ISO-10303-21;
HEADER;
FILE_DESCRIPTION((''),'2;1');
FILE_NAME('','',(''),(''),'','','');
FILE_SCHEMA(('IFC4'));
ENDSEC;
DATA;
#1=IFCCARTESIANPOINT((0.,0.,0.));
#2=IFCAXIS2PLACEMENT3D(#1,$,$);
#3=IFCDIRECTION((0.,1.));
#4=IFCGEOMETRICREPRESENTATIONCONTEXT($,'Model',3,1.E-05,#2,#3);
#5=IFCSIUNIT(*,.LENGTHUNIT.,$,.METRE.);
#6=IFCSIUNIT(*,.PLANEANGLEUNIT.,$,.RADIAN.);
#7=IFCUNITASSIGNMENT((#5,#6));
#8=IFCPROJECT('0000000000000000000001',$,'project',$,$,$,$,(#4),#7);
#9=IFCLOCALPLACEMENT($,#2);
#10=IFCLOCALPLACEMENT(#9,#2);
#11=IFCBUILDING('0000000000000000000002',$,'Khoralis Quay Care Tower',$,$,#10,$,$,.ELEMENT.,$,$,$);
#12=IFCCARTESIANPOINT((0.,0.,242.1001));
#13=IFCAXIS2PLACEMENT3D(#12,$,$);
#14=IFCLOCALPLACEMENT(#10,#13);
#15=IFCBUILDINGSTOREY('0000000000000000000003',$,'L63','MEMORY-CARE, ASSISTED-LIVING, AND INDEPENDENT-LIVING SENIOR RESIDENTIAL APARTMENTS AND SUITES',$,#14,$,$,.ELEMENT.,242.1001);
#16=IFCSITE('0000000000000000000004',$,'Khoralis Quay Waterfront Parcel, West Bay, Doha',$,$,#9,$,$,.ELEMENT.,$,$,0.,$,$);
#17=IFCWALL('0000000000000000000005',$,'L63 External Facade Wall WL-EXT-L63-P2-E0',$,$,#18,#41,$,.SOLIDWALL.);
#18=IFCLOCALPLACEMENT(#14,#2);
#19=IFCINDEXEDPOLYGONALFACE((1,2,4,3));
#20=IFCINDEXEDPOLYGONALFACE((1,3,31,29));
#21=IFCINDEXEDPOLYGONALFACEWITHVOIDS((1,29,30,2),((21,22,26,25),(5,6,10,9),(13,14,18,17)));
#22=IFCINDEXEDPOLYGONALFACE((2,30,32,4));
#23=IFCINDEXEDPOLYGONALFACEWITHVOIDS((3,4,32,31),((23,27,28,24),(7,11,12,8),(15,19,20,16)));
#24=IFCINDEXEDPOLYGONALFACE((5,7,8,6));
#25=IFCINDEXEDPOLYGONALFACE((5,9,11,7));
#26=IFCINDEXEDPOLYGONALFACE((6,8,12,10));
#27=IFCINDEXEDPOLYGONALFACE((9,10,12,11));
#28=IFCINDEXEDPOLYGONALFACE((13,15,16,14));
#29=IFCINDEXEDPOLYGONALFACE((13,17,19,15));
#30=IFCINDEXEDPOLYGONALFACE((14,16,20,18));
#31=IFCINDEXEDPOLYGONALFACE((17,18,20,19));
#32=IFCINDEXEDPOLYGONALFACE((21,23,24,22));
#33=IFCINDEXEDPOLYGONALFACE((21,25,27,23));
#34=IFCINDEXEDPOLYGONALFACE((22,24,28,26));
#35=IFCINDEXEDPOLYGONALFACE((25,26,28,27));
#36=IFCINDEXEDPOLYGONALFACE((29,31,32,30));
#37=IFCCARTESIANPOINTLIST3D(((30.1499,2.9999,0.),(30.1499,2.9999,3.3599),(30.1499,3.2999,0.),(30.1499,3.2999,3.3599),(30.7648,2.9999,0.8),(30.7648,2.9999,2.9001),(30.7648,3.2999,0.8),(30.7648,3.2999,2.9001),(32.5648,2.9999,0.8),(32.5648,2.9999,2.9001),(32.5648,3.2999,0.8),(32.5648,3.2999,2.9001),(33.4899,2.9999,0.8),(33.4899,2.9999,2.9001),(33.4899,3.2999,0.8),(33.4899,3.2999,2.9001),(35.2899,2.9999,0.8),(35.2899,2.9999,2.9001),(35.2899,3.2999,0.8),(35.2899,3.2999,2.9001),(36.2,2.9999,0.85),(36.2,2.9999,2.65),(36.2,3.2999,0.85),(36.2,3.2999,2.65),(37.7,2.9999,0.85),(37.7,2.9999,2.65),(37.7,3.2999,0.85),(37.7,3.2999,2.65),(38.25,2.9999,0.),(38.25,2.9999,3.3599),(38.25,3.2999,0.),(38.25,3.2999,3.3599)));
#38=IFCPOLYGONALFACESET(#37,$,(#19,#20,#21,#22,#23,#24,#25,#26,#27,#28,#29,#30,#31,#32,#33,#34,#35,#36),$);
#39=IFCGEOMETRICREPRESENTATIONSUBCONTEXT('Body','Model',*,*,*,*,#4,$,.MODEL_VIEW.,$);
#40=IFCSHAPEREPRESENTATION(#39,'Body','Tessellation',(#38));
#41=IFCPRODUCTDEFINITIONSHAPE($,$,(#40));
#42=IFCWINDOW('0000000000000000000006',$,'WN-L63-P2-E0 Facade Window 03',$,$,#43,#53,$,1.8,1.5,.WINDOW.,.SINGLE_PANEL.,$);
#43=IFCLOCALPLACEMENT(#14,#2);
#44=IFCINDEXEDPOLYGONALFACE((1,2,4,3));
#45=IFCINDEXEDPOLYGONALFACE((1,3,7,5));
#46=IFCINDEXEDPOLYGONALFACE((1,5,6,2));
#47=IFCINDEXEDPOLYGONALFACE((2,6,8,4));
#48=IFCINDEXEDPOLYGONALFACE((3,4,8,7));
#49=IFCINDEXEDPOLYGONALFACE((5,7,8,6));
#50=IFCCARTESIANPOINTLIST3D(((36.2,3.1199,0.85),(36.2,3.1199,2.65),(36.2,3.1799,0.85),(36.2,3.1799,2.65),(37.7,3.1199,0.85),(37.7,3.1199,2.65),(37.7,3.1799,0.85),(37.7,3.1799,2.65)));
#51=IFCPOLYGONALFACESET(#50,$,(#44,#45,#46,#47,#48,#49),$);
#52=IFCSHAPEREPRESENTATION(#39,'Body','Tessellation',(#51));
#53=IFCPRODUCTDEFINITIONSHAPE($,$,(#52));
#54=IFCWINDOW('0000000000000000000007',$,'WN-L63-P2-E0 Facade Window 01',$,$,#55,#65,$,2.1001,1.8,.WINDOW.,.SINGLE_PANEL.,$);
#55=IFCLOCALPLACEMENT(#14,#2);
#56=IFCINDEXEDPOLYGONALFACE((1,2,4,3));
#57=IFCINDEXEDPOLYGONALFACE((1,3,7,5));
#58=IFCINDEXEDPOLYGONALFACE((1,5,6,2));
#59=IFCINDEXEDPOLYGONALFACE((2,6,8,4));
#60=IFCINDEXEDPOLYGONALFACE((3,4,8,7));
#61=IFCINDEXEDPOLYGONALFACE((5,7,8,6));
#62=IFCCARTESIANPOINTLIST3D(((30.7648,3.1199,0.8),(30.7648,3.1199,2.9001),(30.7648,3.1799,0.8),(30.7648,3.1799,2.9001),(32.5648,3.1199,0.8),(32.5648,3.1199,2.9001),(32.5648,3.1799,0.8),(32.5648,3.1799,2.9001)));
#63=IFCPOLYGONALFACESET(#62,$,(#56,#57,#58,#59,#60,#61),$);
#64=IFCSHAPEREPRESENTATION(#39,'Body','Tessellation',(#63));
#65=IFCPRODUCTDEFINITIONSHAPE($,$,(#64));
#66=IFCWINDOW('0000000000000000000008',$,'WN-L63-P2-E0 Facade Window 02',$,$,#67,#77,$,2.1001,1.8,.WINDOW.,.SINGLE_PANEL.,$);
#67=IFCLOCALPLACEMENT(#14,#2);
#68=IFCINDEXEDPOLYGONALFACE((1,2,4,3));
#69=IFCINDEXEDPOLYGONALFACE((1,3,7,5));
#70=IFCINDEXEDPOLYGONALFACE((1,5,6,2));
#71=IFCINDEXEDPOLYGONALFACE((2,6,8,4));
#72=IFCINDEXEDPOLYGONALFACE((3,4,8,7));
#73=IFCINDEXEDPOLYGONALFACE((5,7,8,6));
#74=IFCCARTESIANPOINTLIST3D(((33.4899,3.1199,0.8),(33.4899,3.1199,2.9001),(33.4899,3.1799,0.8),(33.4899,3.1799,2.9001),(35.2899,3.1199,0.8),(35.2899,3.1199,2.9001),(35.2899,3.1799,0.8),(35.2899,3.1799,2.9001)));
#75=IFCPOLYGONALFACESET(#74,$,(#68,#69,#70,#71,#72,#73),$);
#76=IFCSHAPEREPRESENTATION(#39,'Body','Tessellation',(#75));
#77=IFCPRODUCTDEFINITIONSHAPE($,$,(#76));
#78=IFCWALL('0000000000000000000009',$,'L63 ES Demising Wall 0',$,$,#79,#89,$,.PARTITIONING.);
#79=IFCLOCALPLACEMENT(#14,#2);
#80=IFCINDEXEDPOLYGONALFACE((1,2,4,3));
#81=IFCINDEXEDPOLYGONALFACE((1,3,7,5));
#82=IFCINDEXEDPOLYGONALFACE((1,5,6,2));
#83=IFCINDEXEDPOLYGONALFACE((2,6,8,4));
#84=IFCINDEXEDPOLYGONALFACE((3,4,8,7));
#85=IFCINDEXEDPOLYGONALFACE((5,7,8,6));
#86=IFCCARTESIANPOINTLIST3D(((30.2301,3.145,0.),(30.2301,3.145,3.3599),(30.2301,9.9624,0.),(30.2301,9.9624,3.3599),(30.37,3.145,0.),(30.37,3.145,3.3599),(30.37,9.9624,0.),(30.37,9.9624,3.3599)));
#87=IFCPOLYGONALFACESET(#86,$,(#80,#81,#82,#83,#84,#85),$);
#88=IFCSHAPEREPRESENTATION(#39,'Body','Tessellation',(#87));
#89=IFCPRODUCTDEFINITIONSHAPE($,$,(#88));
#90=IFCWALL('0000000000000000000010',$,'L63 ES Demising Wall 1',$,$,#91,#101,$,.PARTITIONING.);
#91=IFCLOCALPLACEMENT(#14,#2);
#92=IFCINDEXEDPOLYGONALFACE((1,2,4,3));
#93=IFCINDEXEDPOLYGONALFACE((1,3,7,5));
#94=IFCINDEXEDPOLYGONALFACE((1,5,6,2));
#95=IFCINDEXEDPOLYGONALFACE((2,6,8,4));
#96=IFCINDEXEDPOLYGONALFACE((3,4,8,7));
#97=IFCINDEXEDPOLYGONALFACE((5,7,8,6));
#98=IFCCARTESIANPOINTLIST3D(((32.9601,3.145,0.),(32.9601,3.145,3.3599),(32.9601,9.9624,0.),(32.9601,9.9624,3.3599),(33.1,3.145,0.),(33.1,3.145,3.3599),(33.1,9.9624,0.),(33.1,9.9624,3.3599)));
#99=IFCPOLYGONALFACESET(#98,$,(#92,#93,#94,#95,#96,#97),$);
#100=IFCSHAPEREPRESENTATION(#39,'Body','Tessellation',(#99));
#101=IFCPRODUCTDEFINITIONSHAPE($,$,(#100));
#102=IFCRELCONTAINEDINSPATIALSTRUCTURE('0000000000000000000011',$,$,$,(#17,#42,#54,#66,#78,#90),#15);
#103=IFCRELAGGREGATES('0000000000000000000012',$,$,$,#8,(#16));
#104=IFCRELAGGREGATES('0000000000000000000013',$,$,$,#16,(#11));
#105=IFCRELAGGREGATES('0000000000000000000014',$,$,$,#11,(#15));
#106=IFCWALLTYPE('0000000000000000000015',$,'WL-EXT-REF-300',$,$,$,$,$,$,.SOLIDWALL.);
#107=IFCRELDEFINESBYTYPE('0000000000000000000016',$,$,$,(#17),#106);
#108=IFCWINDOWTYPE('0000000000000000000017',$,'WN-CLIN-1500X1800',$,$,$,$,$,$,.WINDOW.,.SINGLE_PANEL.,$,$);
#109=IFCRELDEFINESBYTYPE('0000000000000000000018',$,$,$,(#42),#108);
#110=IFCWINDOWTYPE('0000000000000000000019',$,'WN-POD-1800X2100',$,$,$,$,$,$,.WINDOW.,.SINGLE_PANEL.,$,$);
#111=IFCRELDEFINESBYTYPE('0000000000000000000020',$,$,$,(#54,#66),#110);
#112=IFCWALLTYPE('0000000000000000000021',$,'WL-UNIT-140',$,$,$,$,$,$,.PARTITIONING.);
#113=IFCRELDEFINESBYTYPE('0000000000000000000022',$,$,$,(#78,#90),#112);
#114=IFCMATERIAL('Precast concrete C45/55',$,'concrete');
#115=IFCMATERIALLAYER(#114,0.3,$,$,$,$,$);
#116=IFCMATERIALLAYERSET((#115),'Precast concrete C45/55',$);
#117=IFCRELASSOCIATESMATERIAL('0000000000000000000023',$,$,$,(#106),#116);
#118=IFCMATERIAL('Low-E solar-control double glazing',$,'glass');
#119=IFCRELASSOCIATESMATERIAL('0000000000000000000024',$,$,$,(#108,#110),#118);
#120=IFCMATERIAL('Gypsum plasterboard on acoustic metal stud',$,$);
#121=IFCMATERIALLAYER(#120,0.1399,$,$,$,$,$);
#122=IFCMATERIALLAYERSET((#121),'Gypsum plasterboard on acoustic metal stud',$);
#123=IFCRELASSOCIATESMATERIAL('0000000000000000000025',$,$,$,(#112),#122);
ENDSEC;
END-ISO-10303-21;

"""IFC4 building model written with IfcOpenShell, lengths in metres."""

from ifc_helpers import new_model, si_unit, direction, frame, frame_2d, origin, place, context, subcontext, project, spatial, rectangle, extrude, source, transform, mapped, material, layer, layer_set, type_object, element, fill, save


model = new_model("IFC4")

# Units and contexts
model_context = context("Model", 3, precision=1e-05, world=origin(), true_north=direction((0.0, 1.0)))
body_context = subcontext(model_context, "Body", "Model", "MODEL_VIEW")
ifc_project = project(units=[si_unit("LENGTHUNIT", "METRE"), si_unit("PLANEANGLEUNIT", "RADIAN")], contexts=[model_context])

# Site, building, storey
site_placement = place(None, origin())
site = spatial("IfcSite", under=ifc_project, at=site_placement, Name="Khoralis Quay Waterfront Parcel, West Bay, Doha", CompositionType="ELEMENT", RefElevation=0.0)
building_placement = place(site_placement, origin())
building = spatial("IfcBuilding", under=site, at=building_placement, Name="Khoralis Quay Care Tower", CompositionType="ELEMENT")
storey_placement = place(building_placement, frame((0.0, 0.0, 242.1001)))
storey = spatial("IfcBuildingStorey", under=building, at=storey_placement, Name="L63", Description="MEMORY-CARE, ASSISTED-LIVING, AND INDEPENDENT-LIVING SENIOR RESIDENTIAL APARTMENTS AND SUITES", CompositionType="ELEMENT", Elevation=242.1001)

# Shared definitions
ifc_material_1 = material(Name="Low-E solar-control double glazing", Category="glass")

# Wall, openings, windows
ifc_material_2 = material(Name="Precast concrete C45/55", Category="concrete")
ifc_layer_1 = layer(ifc_material_2, 0.3)
ifc_layer_set_1 = layer_set([ifc_layer_1], Name="Precast concrete C45/55")
wall_type_1 = type_object("IfcWallType", Name="WL-EXT-REF-300", PredefinedType="SOLIDWALL", material=ifc_layer_set_1)
wall_placement = place(storey_placement, frame((30.1499, 3.1499, 0.0), z_axis=(0.0, 0.0, 1.0), x_axis=(1.0, 0.0, 0.0)))
wall = element("IfcWall", 1, at=wall_placement, inside=storey, type_object=wall_type_1, Name="L63 External Facade Wall WL-EXT-L63-P2-E0", PredefinedType="SOLIDWALL", context=body_context, shape_type="SweptSolid", body=[
    extrude(rectangle(XDim=8.1001, YDim=0.3, at=frame_2d((4.05, 0.0))), origin(), (0.0, 0.0, 1.0), 3.3599),
])
opening_1_placement = place(wall_placement, frame((0.615, 0.0, 0.8)))
opening_1 = element("IfcOpeningElement", 2, at=opening_1_placement, cuts=wall, PredefinedType="OPENING", context=body_context, shape_type="SweptSolid", body=[
    extrude(rectangle(XDim=1.8, YDim=2.1001, at=frame_2d((0.8999, 1.05))), frame((0.0, 0.1602, 0.0), z_axis=(0.0, -1.0, 0.0), x_axis=(1.0, 0.0, 0.0)), (0.0, 0.0, 1.0), 0.3201),
])
opening_2_placement = place(wall_placement, frame((3.3401, 0.0, 0.8)))
opening_2 = element("IfcOpeningElement", 3, at=opening_2_placement, cuts=wall, PredefinedType="OPENING", context=body_context, shape_type="SweptSolid", body=[
    extrude(rectangle(XDim=1.8, YDim=2.1001, at=frame_2d((0.8999, 1.05))), frame((0.0, 0.1602, 0.0), z_axis=(0.0, -1.0, 0.0), x_axis=(1.0, 0.0, 0.0)), (0.0, 0.0, 1.0), 0.3201),
])
opening_3_placement = place(wall_placement, frame((6.05, 0.0, 0.8501)))
opening_3 = element("IfcOpeningElement", 4, at=opening_3_placement, cuts=wall, PredefinedType="OPENING", context=body_context, shape_type="SweptSolid", body=[
    extrude(rectangle(XDim=1.5, YDim=1.8, at=frame_2d((0.75, 0.8999))), frame((0.0, 0.1602, 0.0), z_axis=(0.0, -1.0, 0.0), x_axis=(1.0, 0.0, 0.0)), (0.0, 0.0, 1.0), 0.3201),
])
window_type_1 = type_object("IfcWindowType", Name="WN-CLIN-1500X1800", PartitioningType="SINGLE_PANEL", PredefinedType="WINDOW", material=ifc_material_1)
shared_shape_1 = source(origin(), body_context, "Body", "SweptSolid", [
    extrude(rectangle(XDim=1.5, YDim=1.8, at=frame_2d((0.75, 0.8999))), frame((0.0, 0.03, 0.0), z_axis=(0.0, -1.0, 0.0), x_axis=(1.0, 0.0, 0.0)), (0.0, 0.0, 1.0), 0.0601),
])
window_1_placement = place(opening_3_placement, origin())
window_1 = element("IfcWindow", 5, at=window_1_placement, inside=storey, type_object=window_type_1, Name="WN-L63-P2-E0 Facade Window 03", OverallHeight=1.8, OverallWidth=1.5, PartitioningType="SINGLE_PANEL", PredefinedType="WINDOW", context=body_context, shape_type="MappedRepresentation", body=[
    mapped(shared_shape_1, transform((0.0, 0.0, 0.0), scale=1.0)),
])
fill(opening_3, window_1)
window_type_2 = type_object("IfcWindowType", Name="WN-POD-1800X2100", PartitioningType="SINGLE_PANEL", PredefinedType="WINDOW", material=ifc_material_1)
shared_shape_2 = source(origin(), body_context, "Body", "SweptSolid", [
    extrude(rectangle(XDim=1.8, YDim=2.1001, at=frame_2d((0.8999, 1.05))), frame((0.0, 0.03, 0.0), z_axis=(0.0, -1.0, 0.0), x_axis=(1.0, 0.0, 0.0)), (0.0, 0.0, 1.0), 0.0601),
])
window_2_placement = place(opening_1_placement, origin())
window_2 = element("IfcWindow", 6, at=window_2_placement, inside=storey, type_object=window_type_2, Name="WN-L63-P2-E0 Facade Window 01", OverallHeight=2.1001, OverallWidth=1.8, PartitioningType="SINGLE_PANEL", PredefinedType="WINDOW", context=body_context, shape_type="MappedRepresentation", body=[
    mapped(shared_shape_2, transform((0.0, 0.0, 0.0), scale=1.0)),
])
fill(opening_1, window_2)
window_3_placement = place(opening_2_placement, origin())
window_3 = element("IfcWindow", 7, at=window_3_placement, inside=storey, type_object=window_type_2, Name="WN-L63-P2-E0 Facade Window 02", OverallHeight=2.1001, OverallWidth=1.8, PartitioningType="SINGLE_PANEL", PredefinedType="WINDOW", context=body_context, shape_type="MappedRepresentation", body=[
    mapped(shared_shape_2, transform((0.0, 0.0, 0.0), scale=1.0)),
])
fill(opening_2, window_3)

# Walls
ifc_material_3 = material(Name="Gypsum plasterboard on acoustic metal stud")
ifc_layer_2 = layer(ifc_material_3, 0.1399)
ifc_layer_set_2 = layer_set([ifc_layer_2], Name="Gypsum plasterboard on acoustic metal stud")
wall_type_2 = type_object("IfcWallType", Name="WL-UNIT-140", PredefinedType="PARTITIONING", material=ifc_layer_set_2)
for number, where, z_axis, x_axis, name in (
    (8, (30.3, 3.145, 0.0), (0.0, 0.0, 1.0), (0.0, 1.0, 0.0), "L63 ES Demising Wall 0"),
    (9, (33.03, 3.145, 0.0), (0.0, 0.0, 1.0), (0.0, 1.0, 0.0), "L63 ES Demising Wall 1"),
):
    element("IfcWall", number, at=place(storey_placement, frame(where, z_axis=z_axis, x_axis=x_axis)), inside=storey, type_object=wall_type_2, Name=name, PredefinedType="PARTITIONING", context=body_context, shape_type="SweptSolid", body=[
        extrude(rectangle(XDim=6.8174, YDim=0.1399, at=frame_2d((3.4087, 0.0))), origin(), (0.0, 0.0, 1.0), 3.3599),
    ])

save(model, "model.ifc")
